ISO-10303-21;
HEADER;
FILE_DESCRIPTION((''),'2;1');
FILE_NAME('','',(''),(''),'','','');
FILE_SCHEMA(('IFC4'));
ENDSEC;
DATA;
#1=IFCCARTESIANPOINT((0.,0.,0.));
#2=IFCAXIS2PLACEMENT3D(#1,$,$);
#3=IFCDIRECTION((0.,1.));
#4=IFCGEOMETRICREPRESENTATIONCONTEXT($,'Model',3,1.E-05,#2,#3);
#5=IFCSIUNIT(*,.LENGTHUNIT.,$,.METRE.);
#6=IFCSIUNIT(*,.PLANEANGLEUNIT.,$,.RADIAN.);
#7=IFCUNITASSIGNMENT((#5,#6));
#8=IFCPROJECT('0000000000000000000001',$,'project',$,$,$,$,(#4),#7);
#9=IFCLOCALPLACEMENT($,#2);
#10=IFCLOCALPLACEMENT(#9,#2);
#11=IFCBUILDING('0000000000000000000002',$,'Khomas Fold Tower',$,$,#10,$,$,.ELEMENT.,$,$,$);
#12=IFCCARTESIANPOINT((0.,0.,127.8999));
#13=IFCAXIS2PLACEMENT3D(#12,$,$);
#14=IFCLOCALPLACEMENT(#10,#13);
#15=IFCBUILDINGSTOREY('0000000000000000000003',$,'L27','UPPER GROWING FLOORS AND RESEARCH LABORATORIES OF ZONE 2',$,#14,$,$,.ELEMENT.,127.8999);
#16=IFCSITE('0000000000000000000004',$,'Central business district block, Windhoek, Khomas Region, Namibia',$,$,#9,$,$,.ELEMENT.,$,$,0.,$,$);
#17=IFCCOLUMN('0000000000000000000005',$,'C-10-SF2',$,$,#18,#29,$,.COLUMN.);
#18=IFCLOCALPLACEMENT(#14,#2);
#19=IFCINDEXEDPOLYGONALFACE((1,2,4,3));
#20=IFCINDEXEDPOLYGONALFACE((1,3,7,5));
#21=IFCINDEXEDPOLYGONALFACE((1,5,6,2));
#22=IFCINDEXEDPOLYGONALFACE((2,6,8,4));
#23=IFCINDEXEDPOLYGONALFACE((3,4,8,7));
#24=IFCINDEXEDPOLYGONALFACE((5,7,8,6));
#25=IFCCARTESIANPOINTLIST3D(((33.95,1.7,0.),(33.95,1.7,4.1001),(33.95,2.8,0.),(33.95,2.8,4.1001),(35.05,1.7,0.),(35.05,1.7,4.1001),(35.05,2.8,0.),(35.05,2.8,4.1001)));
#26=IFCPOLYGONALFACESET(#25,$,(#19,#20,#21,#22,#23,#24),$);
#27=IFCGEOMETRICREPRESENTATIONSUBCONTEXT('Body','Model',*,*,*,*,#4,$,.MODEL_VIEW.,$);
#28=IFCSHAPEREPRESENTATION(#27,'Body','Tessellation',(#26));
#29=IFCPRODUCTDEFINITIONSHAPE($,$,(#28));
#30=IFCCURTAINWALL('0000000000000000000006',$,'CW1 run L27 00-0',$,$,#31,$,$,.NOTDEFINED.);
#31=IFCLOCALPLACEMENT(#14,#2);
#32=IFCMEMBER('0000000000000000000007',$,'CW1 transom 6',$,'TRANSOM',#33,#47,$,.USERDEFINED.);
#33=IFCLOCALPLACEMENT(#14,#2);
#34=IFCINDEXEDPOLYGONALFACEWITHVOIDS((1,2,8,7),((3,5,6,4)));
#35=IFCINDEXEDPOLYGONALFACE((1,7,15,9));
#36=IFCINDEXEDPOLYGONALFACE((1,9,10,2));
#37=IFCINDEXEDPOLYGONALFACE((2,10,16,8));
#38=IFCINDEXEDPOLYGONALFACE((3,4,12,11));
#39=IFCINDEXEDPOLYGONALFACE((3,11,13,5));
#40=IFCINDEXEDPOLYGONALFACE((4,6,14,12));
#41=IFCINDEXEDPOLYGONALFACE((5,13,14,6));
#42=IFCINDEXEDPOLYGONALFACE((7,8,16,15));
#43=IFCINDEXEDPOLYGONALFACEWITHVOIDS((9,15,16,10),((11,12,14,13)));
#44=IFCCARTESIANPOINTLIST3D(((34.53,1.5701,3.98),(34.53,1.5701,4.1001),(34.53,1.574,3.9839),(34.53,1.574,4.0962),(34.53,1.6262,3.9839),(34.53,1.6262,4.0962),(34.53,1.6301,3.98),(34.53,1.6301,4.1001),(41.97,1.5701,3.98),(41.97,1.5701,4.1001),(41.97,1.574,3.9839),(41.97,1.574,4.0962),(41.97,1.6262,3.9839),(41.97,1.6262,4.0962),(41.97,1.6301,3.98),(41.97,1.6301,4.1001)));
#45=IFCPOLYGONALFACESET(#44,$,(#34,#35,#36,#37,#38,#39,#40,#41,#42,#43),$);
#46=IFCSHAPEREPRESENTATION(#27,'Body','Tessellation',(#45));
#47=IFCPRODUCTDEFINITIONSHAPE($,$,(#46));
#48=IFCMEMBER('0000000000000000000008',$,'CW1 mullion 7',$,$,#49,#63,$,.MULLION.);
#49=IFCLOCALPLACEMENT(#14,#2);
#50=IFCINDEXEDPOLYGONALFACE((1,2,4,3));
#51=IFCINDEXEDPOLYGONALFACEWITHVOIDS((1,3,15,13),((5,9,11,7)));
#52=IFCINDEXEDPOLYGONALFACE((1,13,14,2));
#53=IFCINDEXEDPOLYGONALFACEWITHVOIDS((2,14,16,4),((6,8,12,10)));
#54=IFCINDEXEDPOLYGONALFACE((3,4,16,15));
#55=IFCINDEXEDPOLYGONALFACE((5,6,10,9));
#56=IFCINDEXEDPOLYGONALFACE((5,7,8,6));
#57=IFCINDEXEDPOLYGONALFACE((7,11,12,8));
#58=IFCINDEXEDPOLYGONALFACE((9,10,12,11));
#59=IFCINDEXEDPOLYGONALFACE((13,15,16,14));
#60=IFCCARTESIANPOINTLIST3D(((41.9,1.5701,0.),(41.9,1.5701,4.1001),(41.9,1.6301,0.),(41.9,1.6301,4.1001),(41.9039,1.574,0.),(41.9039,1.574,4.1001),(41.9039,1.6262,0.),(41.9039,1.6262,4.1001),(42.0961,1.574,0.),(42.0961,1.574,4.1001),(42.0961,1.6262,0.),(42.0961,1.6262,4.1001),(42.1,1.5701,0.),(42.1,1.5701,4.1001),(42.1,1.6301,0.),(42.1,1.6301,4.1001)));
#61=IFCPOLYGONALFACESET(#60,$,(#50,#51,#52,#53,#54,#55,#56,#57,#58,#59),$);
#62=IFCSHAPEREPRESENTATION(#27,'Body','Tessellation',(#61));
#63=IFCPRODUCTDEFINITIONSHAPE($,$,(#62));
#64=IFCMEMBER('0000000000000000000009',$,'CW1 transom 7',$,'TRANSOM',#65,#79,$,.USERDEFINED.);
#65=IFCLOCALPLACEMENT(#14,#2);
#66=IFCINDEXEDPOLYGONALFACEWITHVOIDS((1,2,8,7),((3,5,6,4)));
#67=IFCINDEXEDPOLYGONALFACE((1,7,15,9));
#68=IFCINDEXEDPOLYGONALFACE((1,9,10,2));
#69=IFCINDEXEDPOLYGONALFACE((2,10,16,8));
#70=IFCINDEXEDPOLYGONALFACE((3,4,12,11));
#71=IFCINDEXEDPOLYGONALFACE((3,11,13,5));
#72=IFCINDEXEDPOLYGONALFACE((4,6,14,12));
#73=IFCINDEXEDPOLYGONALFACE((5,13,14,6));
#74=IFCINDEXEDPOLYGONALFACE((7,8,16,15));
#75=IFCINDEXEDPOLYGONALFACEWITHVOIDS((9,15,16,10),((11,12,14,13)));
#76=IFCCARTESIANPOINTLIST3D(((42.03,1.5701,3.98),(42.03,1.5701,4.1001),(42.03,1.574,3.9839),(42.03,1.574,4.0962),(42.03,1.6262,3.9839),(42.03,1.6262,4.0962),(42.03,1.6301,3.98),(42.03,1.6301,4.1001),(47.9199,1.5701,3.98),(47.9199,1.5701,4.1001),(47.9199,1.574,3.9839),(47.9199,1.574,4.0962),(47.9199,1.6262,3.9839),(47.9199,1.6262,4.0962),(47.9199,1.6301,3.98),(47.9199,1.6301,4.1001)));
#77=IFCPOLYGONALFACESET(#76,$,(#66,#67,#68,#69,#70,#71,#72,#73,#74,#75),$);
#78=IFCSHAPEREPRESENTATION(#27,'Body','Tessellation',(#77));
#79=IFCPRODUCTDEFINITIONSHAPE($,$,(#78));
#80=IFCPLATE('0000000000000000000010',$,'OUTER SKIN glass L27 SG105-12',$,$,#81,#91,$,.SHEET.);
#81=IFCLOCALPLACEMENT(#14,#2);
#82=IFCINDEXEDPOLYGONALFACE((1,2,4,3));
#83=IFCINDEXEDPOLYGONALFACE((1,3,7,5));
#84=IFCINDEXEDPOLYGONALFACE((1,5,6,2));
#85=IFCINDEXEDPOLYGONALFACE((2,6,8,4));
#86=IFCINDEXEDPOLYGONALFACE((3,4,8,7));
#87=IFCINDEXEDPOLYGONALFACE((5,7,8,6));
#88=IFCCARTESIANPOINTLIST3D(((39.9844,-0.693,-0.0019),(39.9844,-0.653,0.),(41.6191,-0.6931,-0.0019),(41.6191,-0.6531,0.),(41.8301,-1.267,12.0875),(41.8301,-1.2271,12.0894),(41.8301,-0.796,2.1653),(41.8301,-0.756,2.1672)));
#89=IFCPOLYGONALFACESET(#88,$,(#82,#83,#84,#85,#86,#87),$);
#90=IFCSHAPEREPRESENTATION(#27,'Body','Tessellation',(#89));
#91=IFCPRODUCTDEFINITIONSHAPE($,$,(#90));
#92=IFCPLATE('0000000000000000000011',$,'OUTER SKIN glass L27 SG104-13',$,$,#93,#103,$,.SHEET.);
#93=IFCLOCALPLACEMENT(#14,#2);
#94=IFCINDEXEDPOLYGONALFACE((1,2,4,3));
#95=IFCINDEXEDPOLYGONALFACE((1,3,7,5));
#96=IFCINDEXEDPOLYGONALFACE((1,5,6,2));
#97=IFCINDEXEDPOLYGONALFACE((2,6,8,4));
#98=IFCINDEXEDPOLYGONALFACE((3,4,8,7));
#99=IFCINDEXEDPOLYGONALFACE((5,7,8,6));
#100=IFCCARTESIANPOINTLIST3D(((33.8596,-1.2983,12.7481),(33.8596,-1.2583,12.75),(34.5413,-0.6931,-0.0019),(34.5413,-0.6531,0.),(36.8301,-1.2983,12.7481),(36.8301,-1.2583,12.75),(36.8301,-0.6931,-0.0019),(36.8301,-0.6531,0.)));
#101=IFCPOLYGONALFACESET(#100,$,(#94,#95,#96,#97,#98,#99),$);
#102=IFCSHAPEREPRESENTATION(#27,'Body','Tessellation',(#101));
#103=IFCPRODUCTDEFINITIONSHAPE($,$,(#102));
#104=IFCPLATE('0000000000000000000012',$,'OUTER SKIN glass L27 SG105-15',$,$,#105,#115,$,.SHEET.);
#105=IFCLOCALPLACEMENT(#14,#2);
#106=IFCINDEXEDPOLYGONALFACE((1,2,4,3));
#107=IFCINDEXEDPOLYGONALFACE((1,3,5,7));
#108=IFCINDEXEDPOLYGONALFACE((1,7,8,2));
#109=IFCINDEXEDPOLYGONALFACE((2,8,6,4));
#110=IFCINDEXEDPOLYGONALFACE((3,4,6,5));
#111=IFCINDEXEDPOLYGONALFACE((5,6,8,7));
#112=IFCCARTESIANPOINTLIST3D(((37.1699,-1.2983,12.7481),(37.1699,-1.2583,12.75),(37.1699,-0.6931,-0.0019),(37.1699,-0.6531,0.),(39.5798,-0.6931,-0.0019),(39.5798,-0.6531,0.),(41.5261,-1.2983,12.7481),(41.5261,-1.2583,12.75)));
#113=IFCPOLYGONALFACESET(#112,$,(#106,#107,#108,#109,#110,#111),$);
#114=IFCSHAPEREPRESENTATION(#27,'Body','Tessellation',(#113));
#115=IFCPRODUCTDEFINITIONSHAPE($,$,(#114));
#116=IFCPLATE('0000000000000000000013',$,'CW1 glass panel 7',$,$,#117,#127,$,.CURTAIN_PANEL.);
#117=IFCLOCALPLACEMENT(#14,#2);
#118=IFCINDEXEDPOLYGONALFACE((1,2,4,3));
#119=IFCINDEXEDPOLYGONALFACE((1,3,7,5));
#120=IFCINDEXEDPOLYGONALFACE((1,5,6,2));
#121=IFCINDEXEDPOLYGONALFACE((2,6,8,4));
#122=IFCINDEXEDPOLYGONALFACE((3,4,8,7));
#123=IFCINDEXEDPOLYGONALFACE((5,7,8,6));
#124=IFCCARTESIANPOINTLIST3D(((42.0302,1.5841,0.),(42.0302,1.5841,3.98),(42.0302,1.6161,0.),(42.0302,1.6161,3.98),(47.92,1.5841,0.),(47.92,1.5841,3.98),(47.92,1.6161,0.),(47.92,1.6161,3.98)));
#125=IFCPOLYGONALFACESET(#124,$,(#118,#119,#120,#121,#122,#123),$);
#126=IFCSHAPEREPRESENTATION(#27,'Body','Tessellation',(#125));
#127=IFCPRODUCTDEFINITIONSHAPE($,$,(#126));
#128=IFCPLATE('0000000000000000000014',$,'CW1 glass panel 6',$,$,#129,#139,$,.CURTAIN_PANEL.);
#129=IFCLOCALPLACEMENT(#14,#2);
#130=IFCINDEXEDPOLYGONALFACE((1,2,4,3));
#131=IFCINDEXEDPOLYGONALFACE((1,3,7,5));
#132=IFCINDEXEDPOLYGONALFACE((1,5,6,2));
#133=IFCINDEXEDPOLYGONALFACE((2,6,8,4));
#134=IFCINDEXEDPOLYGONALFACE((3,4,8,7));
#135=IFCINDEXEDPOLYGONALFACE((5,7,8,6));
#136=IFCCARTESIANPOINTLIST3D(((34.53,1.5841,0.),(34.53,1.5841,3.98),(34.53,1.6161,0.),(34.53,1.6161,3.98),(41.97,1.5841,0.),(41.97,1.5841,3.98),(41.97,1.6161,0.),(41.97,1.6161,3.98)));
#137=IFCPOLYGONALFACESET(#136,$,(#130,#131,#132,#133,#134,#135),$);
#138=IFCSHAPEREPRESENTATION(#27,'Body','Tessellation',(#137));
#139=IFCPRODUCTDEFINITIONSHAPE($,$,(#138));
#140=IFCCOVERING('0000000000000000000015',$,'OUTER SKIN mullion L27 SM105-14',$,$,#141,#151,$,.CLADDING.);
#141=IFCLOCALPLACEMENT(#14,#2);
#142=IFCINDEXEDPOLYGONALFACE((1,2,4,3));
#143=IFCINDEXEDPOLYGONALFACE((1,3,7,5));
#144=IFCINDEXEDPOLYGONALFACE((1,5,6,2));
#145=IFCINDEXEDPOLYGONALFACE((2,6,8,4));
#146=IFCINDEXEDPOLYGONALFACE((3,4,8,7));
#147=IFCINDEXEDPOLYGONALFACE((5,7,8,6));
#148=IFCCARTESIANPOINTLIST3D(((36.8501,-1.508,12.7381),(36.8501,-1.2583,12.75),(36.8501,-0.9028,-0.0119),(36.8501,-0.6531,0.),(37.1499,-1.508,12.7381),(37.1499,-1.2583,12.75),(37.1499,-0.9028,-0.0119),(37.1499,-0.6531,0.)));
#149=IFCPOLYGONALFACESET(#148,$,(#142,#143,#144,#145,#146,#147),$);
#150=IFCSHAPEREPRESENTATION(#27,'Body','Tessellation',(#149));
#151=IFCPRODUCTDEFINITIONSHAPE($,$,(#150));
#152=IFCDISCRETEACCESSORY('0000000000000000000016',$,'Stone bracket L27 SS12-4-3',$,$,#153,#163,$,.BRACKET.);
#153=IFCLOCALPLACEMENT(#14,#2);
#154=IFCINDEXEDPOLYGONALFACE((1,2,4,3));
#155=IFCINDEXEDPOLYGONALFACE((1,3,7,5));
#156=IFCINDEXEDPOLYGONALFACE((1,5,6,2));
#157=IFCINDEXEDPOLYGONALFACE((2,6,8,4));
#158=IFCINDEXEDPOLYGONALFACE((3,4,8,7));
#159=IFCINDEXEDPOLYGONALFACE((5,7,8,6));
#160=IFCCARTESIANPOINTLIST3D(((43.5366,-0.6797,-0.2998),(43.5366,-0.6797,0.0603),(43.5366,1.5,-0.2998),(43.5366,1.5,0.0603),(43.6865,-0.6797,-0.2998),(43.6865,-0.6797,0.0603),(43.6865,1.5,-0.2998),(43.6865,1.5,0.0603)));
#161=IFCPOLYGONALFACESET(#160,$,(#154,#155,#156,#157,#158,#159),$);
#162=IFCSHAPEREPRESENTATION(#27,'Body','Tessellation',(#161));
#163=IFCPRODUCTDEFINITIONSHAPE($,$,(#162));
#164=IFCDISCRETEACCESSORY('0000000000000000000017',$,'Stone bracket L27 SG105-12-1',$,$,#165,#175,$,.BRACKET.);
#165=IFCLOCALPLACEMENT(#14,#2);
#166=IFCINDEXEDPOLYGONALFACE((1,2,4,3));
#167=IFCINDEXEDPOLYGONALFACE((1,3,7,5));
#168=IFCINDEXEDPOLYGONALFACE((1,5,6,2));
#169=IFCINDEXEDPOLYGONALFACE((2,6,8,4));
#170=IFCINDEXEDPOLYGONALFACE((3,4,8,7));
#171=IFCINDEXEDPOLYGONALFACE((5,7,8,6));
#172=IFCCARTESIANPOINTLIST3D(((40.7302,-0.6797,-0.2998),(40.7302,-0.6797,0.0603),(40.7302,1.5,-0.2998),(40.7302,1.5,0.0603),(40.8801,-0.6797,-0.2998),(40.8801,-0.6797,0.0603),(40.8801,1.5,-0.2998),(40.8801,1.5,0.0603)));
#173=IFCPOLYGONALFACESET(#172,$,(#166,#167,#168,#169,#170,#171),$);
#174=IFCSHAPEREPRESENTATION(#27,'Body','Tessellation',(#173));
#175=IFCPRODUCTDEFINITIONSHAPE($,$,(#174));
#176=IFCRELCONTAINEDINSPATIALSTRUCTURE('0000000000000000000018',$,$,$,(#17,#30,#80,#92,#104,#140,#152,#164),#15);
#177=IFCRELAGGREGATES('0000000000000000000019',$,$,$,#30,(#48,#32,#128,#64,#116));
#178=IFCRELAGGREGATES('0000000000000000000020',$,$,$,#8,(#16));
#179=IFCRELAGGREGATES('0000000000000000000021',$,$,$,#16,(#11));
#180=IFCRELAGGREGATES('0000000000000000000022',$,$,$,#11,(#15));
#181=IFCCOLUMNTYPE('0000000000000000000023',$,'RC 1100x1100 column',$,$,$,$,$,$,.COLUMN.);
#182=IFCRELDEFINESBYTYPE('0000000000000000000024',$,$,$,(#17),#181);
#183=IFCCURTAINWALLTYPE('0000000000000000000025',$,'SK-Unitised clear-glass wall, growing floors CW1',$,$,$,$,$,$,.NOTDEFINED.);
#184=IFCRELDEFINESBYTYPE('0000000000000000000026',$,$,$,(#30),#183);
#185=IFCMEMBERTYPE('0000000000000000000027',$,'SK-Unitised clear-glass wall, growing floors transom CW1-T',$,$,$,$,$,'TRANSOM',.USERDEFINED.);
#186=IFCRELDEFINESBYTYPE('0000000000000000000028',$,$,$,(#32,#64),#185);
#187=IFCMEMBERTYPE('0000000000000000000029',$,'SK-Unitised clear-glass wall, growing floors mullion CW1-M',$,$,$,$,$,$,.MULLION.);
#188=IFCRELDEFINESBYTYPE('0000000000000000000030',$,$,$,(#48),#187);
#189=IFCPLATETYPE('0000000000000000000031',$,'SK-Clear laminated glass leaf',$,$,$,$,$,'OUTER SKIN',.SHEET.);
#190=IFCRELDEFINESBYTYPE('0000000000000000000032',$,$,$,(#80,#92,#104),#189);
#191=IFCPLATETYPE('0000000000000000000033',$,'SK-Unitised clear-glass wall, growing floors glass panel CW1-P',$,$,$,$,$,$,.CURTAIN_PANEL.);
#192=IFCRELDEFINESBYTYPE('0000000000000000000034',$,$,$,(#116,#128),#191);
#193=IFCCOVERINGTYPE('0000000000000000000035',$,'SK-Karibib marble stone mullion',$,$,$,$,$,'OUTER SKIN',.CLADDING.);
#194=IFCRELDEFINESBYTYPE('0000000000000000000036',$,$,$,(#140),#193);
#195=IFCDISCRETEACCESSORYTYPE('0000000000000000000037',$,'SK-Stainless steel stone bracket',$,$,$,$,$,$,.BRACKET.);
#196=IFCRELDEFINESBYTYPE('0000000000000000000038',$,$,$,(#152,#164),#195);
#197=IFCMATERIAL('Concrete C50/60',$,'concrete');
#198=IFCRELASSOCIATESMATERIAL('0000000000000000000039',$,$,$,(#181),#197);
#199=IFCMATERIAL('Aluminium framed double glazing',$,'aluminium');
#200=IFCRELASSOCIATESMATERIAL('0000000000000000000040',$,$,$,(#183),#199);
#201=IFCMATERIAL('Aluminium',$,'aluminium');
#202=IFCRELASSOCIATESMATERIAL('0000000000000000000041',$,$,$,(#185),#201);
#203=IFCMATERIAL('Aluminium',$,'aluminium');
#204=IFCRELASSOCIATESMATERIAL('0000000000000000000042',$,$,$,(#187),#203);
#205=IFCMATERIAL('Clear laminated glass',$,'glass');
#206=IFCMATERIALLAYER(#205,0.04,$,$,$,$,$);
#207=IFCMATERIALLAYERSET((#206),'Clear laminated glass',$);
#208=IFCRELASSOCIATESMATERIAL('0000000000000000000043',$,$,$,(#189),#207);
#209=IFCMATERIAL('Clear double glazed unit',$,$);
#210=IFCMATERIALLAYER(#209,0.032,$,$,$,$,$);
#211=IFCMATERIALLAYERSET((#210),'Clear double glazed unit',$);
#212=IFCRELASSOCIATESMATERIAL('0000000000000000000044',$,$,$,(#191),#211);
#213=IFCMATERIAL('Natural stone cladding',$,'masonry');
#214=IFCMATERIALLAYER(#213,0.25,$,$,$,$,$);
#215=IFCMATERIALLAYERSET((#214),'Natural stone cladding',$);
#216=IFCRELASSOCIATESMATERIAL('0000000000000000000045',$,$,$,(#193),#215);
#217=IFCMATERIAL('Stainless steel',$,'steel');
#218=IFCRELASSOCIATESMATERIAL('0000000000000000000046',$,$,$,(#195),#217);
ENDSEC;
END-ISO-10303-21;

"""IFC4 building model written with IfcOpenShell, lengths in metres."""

from ifc_helpers import new_model, si_unit, direction, frame, origin, origin_2d, place, context, subcontext, project, spatial, polyline, rectangle, hollow_rectangle, outline, extrude, source, transform, mapped, material, layer, layer_set, material_profile, profile_set, type_object, element, aggregate, save


model = new_model("IFC4")

# Units and contexts
model_context = context("Model", 3, precision=1e-05, world=origin(), true_north=direction((0.0, 1.0)))
body_context = subcontext(model_context, "Body", "Model", "MODEL_VIEW")
ifc_project = project(units=[si_unit("LENGTHUNIT", "METRE"), si_unit("PLANEANGLEUNIT", "RADIAN")], contexts=[model_context])

# Site, building, storey
site_placement = place(None, origin())
site = spatial("IfcSite", under=ifc_project, at=site_placement, Name="Central business district block, Windhoek, Khomas Region, Namibia", CompositionType="ELEMENT", RefElevation=0.0)
building_placement = place(site_placement, origin())
building = spatial("IfcBuilding", under=site, at=building_placement, Name="Khomas Fold Tower", CompositionType="ELEMENT")
storey_placement = place(building_placement, frame((0.0, 0.0, 127.8999)))
storey = spatial("IfcBuildingStorey", under=building, at=storey_placement, Name="L27", Description="UPPER GROWING FLOORS AND RESEARCH LABORATORIES OF ZONE 2", CompositionType="ELEMENT", Elevation=127.8999)

# Column
ifc_material_1 = material(Name="Concrete C50/60", Category="concrete")
ifc_material_profile_1 = material_profile(ifc_material_1, rectangle(XDim=1.1001, YDim=1.1001, at=origin_2d()), Name="RC 1100x1100")
ifc_profile_set_1 = profile_set([ifc_material_profile_1], Name="Concrete C50/60")
column_type = type_object("IfcColumnType", Name="RC 1100x1100 column", PredefinedType="COLUMN", material=ifc_profile_set_1)
shared_shape_1 = source(origin(), body_context, "Body", "SweptSolid", [
    extrude(rectangle(XDim=1.1001, YDim=1.1001, at=origin_2d()), origin(), (0.0, 0.0, 1.0), 4.1001),
])
column_placement = place(storey_placement, frame((34.5, 2.25, 0.0), z_axis=(0.0, 0.0, 1.0), x_axis=(1.0, 0.0, 0.0)))
element("IfcColumn", 1, at=column_placement, inside=storey, type_object=column_type, Name="C-10-SF2", PredefinedType="COLUMN", context=body_context, shape_type="MappedRepresentation", body=[
    mapped(shared_shape_1, transform((0.0, 0.0, 0.0))),
])

# Curtain wall, members
ifc_material_2 = material(Name="Aluminium framed double glazing", Category="aluminium")
curtain_wall_type = type_object("IfcCurtainWallType", Name="SK-Unitised clear-glass wall, growing floors CW1", PredefinedType="NOTDEFINED", material=ifc_material_2)
curtain_wall_placement = place(storey_placement, origin())
curtain_wall = element("IfcCurtainWall", 2, at=curtain_wall_placement, inside=storey, type_object=curtain_wall_type, Name="CW1 run L27 00-0", PredefinedType="NOTDEFINED")
ifc_material_3 = material(Name="Aluminium", Category="aluminium")
ifc_material_profile_2 = material_profile(ifc_material_3, hollow_rectangle(XDim=0.0601, YDim=0.1201, WallThickness=0.0039, at=origin_2d()), Name="SK-Unitised clear-glass wall, growing floors transom CW1-T")
ifc_profile_set_2 = profile_set([ifc_material_profile_2], Name="Aluminium")
member_type_1 = type_object("IfcMemberType", Name="SK-Unitised clear-glass wall, growing floors transom CW1-T", ElementType="TRANSOM", PredefinedType="USERDEFINED", material=ifc_profile_set_2)
shared_shape_2 = source(origin(), body_context, "Body", "SweptSolid", [
    extrude(hollow_rectangle(XDim=0.0601, YDim=0.1201, WallThickness=0.0039, at=origin_2d()), origin(), (0.0, 0.0, 1.0), 7.4399),
])
member_1_placement = place(storey_placement, frame((34.53, 1.6001, 4.04), z_axis=(1.0, 0.0, 0.0), x_axis=(0.0, 1.0, 0.0)))
member_1 = element("IfcMember", 3, at=member_1_placement, type_object=member_type_1, Name="CW1 transom 6", ObjectType="TRANSOM", PredefinedType="USERDEFINED", context=body_context, shape_type="MappedRepresentation", body=[
    mapped(shared_shape_2, transform((0.0, 0.0, 0.0))),
])
ifc_material_4 = material(Name="Aluminium", Category="aluminium")
ifc_material_profile_3 = material_profile(ifc_material_4, hollow_rectangle(XDim=0.0601, YDim=0.2, WallThickness=0.0039, at=origin_2d()), Name="SK-Unitised clear-glass wall, growing floors mullion CW1-M")
ifc_profile_set_3 = profile_set([ifc_material_profile_3], Name="Aluminium")
member_type_2 = type_object("IfcMemberType", Name="SK-Unitised clear-glass wall, growing floors mullion CW1-M", PredefinedType="MULLION", material=ifc_profile_set_3)
shared_shape_3 = source(origin(), body_context, "Body", "SweptSolid", [
    extrude(hollow_rectangle(XDim=0.0601, YDim=0.2, WallThickness=0.0039, at=origin_2d()), origin(), (0.0, 0.0, 1.0), 4.1001),
])
member_2_placement = place(storey_placement, frame((42.0, 1.6001, 0.0), z_axis=(0.0, 0.0, 1.0), x_axis=(0.0, 1.0, 0.0)))
member_2 = element("IfcMember", 4, at=member_2_placement, type_object=member_type_2, Name="CW1 mullion 7", PredefinedType="MULLION", context=body_context, shape_type="MappedRepresentation", body=[
    mapped(shared_shape_3, transform((0.0, 0.0, 0.0))),
])
shared_shape_4 = source(origin(), body_context, "Body", "SweptSolid", [
    extrude(hollow_rectangle(XDim=0.0601, YDim=0.1201, WallThickness=0.0039, at=origin_2d()), origin(), (0.0, 0.0, 1.0), 5.8899),
])
member_3_placement = place(storey_placement, frame((42.03, 1.6001, 4.04), z_axis=(1.0, 0.0, 0.0), x_axis=(0.0, 1.0, 0.0)))
member_3 = element("IfcMember", 5, at=member_3_placement, type_object=member_type_1, Name="CW1 transom 7", ObjectType="TRANSOM", PredefinedType="USERDEFINED", context=body_context, shape_type="MappedRepresentation", body=[
    mapped(shared_shape_4, transform((0.0, 0.0, 0.0))),
])

# Plates
ifc_material_5 = material(Name="Clear laminated glass", Category="glass")
ifc_layer_1 = layer(ifc_material_5, 0.04)
ifc_layer_set_1 = layer_set([ifc_layer_1], Name="Clear laminated glass")
plate_type_1 = type_object("IfcPlateType", Name="SK-Clear laminated glass leaf", ElementType="OUTER SKIN", PredefinedType="SHEET", material=ifc_layer_set_1)
plate_1_placement = place(storey_placement, frame((41.6191, -0.6531, 0.0), z_axis=(0.000073, 0.998875, 0.047423), x_axis=(-1.0, 0.000073, 0.000003)))
element("IfcPlate", 6, at=plate_1_placement, inside=storey, type_object=plate_type_1, Name="OUTER SKIN glass L27 SG105-12", PredefinedType="SHEET", context=body_context, shape_type="SweptSolid", body=[
    extrude(outline(polyline([(0.0, 0.0), (1.6348, 0.0), (-0.2109, 12.103), (-0.2109, 2.1697), (0.0, 0.0)])), origin(), (0.0, 0.0, -1.0), 0.04),
])
plate_2_placement = place(storey_placement, frame((34.5413, -0.6531, 0.0), z_axis=(0.0, 0.998875, 0.047415), x_axis=(-0.053326, -0.047348, 0.997454)))
element("IfcPlate", 7, at=plate_2_placement, inside=storey, type_object=plate_type_1, Name="OUTER SKIN glass L27 SG104-13", PredefinedType="SHEET", context=body_context, shape_type="SweptSolid", body=[
    extrude(outline(polyline([(0.0, 0.0), (12.7825, 0.0), (12.6241, 2.9662), (-0.1221, 2.2856), (0.0, 0.0)])), origin(), (0.0, 0.0, -1.0), 0.04),
])
plate_3_placement = place(storey_placement, frame((39.5798, -0.6531, 0.0), z_axis=(0.0, 0.998875, 0.047415), x_axis=(-1.0, 0.0, 0.0)))
element("IfcPlate", 8, at=plate_3_placement, inside=storey, type_object=plate_type_1, Name="OUTER SKIN glass L27 SG105-15", PredefinedType="SHEET", context=body_context, shape_type="SweptSolid", body=[
    extrude(outline(polyline([(0.0, 0.0), (2.4099, 0.0), (2.4099, 12.7644), (-1.9463, 12.7644), (0.0, 0.0)])), origin(), (0.0, 0.0, -1.0), 0.04),
])

# Plates
ifc_material_6 = material(Name="Clear double glazed unit")
ifc_layer_2 = layer(ifc_material_6, 0.032)
ifc_layer_set_2 = layer_set([ifc_layer_2], Name="Clear double glazed unit")
plate_type_2 = type_object("IfcPlateType", Name="SK-Unitised clear-glass wall, growing floors glass panel CW1-P", PredefinedType="CURTAIN_PANEL", material=ifc_layer_set_2)
shared_shape_5 = source(origin(), body_context, "Body", "SweptSolid", [
    extrude(rectangle(XDim=5.8899, YDim=0.032, at=origin_2d()), origin(), (0.0, 0.0, 1.0), 3.98),
])
plate_4_placement = place(storey_placement, frame((44.9751, 1.6001, 0.0), z_axis=(0.0, 0.0, 1.0), x_axis=(1.0, 0.0, 0.0)))
plate_4 = element("IfcPlate", 9, at=plate_4_placement, type_object=plate_type_2, Name="CW1 glass panel 7", PredefinedType="CURTAIN_PANEL", context=body_context, shape_type="MappedRepresentation", body=[
    mapped(shared_shape_5, transform((0.0, 0.0, 0.0))),
])
shared_shape_6 = source(origin(), body_context, "Body", "SweptSolid", [
    extrude(rectangle(XDim=7.4399, YDim=0.032, at=origin_2d()), origin(), (0.0, 0.0, 1.0), 3.98),
])
plate_5_placement = place(storey_placement, frame((38.25, 1.6001, 0.0), z_axis=(0.0, 0.0, 1.0), x_axis=(1.0, 0.0, 0.0)))
plate_5 = element("IfcPlate", 10, at=plate_5_placement, type_object=plate_type_2, Name="CW1 glass panel 6", PredefinedType="CURTAIN_PANEL", context=body_context, shape_type="MappedRepresentation", body=[
    mapped(shared_shape_6, transform((0.0, 0.0, 0.0))),
])
aggregate(curtain_wall, [member_2, member_1, plate_5, member_3, plate_4])

# Covering
ifc_material_7 = material(Name="Natural stone cladding", Category="masonry")
ifc_layer_3 = layer(ifc_material_7, 0.25)
ifc_layer_set_3 = layer_set([ifc_layer_3], Name="Natural stone cladding")
covering_type = type_object("IfcCoveringType", Name="SK-Karibib marble stone mullion", ElementType="OUTER SKIN", PredefinedType="CLADDING", material=ifc_layer_set_3)
covering_placement = place(storey_placement, frame((36.8501, -0.6531, 0.0), z_axis=(0.0, 0.998875, 0.047415), x_axis=(0.0, -0.047415, 0.998875)))
element("IfcCovering", 11, at=covering_placement, inside=storey, type_object=covering_type, Name="OUTER SKIN mullion L27 SM105-14", PredefinedType="CLADDING", context=body_context, shape_type="SweptSolid", body=[
    extrude(outline(polyline([(0.0, 0.0), (12.7644, 0.0), (12.7644, 0.2998), (0.0, 0.2998), (0.0, 0.0)])), origin(), (0.0, 0.0, -1.0), 0.25),
])

# Discrete accessories
ifc_material_8 = material(Name="Stainless steel", Category="steel")
discrete_accessory_type = type_object("IfcDiscreteAccessoryType", Name="SK-Stainless steel stone bracket", PredefinedType="BRACKET", material=ifc_material_8)
shared_shape_7 = source(origin(), body_context, "Body", "SweptSolid", [
    extrude(rectangle(XDim=2.1797, YDim=0.1499, at=origin_2d()), origin(), (0.0, 0.0, 1.0), 0.3601),
])
for number, where, z_axis, x_axis, name in (
    (12, (43.6116, 0.4102, -0.2998), (0.0, 0.0, 1.0), (0.0, -1.0, 0.0), "Stone bracket L27 SS12-4-3"),
    (13, (40.8052, 0.4102, -0.2998), (0.0, 0.0, 1.0), (0.0, -1.0, 0.0), "Stone bracket L27 SG105-12-1"),
):
    element("IfcDiscreteAccessory", number, at=place(storey_placement, frame(where, z_axis=z_axis, x_axis=x_axis)), inside=storey, type_object=discrete_accessory_type, Name=name, PredefinedType="BRACKET", context=body_context, shape_type="MappedRepresentation", body=[
        mapped(shared_shape_7, transform((0.0, 0.0, 0.0))),
    ])

save(model, "model.ifc")
